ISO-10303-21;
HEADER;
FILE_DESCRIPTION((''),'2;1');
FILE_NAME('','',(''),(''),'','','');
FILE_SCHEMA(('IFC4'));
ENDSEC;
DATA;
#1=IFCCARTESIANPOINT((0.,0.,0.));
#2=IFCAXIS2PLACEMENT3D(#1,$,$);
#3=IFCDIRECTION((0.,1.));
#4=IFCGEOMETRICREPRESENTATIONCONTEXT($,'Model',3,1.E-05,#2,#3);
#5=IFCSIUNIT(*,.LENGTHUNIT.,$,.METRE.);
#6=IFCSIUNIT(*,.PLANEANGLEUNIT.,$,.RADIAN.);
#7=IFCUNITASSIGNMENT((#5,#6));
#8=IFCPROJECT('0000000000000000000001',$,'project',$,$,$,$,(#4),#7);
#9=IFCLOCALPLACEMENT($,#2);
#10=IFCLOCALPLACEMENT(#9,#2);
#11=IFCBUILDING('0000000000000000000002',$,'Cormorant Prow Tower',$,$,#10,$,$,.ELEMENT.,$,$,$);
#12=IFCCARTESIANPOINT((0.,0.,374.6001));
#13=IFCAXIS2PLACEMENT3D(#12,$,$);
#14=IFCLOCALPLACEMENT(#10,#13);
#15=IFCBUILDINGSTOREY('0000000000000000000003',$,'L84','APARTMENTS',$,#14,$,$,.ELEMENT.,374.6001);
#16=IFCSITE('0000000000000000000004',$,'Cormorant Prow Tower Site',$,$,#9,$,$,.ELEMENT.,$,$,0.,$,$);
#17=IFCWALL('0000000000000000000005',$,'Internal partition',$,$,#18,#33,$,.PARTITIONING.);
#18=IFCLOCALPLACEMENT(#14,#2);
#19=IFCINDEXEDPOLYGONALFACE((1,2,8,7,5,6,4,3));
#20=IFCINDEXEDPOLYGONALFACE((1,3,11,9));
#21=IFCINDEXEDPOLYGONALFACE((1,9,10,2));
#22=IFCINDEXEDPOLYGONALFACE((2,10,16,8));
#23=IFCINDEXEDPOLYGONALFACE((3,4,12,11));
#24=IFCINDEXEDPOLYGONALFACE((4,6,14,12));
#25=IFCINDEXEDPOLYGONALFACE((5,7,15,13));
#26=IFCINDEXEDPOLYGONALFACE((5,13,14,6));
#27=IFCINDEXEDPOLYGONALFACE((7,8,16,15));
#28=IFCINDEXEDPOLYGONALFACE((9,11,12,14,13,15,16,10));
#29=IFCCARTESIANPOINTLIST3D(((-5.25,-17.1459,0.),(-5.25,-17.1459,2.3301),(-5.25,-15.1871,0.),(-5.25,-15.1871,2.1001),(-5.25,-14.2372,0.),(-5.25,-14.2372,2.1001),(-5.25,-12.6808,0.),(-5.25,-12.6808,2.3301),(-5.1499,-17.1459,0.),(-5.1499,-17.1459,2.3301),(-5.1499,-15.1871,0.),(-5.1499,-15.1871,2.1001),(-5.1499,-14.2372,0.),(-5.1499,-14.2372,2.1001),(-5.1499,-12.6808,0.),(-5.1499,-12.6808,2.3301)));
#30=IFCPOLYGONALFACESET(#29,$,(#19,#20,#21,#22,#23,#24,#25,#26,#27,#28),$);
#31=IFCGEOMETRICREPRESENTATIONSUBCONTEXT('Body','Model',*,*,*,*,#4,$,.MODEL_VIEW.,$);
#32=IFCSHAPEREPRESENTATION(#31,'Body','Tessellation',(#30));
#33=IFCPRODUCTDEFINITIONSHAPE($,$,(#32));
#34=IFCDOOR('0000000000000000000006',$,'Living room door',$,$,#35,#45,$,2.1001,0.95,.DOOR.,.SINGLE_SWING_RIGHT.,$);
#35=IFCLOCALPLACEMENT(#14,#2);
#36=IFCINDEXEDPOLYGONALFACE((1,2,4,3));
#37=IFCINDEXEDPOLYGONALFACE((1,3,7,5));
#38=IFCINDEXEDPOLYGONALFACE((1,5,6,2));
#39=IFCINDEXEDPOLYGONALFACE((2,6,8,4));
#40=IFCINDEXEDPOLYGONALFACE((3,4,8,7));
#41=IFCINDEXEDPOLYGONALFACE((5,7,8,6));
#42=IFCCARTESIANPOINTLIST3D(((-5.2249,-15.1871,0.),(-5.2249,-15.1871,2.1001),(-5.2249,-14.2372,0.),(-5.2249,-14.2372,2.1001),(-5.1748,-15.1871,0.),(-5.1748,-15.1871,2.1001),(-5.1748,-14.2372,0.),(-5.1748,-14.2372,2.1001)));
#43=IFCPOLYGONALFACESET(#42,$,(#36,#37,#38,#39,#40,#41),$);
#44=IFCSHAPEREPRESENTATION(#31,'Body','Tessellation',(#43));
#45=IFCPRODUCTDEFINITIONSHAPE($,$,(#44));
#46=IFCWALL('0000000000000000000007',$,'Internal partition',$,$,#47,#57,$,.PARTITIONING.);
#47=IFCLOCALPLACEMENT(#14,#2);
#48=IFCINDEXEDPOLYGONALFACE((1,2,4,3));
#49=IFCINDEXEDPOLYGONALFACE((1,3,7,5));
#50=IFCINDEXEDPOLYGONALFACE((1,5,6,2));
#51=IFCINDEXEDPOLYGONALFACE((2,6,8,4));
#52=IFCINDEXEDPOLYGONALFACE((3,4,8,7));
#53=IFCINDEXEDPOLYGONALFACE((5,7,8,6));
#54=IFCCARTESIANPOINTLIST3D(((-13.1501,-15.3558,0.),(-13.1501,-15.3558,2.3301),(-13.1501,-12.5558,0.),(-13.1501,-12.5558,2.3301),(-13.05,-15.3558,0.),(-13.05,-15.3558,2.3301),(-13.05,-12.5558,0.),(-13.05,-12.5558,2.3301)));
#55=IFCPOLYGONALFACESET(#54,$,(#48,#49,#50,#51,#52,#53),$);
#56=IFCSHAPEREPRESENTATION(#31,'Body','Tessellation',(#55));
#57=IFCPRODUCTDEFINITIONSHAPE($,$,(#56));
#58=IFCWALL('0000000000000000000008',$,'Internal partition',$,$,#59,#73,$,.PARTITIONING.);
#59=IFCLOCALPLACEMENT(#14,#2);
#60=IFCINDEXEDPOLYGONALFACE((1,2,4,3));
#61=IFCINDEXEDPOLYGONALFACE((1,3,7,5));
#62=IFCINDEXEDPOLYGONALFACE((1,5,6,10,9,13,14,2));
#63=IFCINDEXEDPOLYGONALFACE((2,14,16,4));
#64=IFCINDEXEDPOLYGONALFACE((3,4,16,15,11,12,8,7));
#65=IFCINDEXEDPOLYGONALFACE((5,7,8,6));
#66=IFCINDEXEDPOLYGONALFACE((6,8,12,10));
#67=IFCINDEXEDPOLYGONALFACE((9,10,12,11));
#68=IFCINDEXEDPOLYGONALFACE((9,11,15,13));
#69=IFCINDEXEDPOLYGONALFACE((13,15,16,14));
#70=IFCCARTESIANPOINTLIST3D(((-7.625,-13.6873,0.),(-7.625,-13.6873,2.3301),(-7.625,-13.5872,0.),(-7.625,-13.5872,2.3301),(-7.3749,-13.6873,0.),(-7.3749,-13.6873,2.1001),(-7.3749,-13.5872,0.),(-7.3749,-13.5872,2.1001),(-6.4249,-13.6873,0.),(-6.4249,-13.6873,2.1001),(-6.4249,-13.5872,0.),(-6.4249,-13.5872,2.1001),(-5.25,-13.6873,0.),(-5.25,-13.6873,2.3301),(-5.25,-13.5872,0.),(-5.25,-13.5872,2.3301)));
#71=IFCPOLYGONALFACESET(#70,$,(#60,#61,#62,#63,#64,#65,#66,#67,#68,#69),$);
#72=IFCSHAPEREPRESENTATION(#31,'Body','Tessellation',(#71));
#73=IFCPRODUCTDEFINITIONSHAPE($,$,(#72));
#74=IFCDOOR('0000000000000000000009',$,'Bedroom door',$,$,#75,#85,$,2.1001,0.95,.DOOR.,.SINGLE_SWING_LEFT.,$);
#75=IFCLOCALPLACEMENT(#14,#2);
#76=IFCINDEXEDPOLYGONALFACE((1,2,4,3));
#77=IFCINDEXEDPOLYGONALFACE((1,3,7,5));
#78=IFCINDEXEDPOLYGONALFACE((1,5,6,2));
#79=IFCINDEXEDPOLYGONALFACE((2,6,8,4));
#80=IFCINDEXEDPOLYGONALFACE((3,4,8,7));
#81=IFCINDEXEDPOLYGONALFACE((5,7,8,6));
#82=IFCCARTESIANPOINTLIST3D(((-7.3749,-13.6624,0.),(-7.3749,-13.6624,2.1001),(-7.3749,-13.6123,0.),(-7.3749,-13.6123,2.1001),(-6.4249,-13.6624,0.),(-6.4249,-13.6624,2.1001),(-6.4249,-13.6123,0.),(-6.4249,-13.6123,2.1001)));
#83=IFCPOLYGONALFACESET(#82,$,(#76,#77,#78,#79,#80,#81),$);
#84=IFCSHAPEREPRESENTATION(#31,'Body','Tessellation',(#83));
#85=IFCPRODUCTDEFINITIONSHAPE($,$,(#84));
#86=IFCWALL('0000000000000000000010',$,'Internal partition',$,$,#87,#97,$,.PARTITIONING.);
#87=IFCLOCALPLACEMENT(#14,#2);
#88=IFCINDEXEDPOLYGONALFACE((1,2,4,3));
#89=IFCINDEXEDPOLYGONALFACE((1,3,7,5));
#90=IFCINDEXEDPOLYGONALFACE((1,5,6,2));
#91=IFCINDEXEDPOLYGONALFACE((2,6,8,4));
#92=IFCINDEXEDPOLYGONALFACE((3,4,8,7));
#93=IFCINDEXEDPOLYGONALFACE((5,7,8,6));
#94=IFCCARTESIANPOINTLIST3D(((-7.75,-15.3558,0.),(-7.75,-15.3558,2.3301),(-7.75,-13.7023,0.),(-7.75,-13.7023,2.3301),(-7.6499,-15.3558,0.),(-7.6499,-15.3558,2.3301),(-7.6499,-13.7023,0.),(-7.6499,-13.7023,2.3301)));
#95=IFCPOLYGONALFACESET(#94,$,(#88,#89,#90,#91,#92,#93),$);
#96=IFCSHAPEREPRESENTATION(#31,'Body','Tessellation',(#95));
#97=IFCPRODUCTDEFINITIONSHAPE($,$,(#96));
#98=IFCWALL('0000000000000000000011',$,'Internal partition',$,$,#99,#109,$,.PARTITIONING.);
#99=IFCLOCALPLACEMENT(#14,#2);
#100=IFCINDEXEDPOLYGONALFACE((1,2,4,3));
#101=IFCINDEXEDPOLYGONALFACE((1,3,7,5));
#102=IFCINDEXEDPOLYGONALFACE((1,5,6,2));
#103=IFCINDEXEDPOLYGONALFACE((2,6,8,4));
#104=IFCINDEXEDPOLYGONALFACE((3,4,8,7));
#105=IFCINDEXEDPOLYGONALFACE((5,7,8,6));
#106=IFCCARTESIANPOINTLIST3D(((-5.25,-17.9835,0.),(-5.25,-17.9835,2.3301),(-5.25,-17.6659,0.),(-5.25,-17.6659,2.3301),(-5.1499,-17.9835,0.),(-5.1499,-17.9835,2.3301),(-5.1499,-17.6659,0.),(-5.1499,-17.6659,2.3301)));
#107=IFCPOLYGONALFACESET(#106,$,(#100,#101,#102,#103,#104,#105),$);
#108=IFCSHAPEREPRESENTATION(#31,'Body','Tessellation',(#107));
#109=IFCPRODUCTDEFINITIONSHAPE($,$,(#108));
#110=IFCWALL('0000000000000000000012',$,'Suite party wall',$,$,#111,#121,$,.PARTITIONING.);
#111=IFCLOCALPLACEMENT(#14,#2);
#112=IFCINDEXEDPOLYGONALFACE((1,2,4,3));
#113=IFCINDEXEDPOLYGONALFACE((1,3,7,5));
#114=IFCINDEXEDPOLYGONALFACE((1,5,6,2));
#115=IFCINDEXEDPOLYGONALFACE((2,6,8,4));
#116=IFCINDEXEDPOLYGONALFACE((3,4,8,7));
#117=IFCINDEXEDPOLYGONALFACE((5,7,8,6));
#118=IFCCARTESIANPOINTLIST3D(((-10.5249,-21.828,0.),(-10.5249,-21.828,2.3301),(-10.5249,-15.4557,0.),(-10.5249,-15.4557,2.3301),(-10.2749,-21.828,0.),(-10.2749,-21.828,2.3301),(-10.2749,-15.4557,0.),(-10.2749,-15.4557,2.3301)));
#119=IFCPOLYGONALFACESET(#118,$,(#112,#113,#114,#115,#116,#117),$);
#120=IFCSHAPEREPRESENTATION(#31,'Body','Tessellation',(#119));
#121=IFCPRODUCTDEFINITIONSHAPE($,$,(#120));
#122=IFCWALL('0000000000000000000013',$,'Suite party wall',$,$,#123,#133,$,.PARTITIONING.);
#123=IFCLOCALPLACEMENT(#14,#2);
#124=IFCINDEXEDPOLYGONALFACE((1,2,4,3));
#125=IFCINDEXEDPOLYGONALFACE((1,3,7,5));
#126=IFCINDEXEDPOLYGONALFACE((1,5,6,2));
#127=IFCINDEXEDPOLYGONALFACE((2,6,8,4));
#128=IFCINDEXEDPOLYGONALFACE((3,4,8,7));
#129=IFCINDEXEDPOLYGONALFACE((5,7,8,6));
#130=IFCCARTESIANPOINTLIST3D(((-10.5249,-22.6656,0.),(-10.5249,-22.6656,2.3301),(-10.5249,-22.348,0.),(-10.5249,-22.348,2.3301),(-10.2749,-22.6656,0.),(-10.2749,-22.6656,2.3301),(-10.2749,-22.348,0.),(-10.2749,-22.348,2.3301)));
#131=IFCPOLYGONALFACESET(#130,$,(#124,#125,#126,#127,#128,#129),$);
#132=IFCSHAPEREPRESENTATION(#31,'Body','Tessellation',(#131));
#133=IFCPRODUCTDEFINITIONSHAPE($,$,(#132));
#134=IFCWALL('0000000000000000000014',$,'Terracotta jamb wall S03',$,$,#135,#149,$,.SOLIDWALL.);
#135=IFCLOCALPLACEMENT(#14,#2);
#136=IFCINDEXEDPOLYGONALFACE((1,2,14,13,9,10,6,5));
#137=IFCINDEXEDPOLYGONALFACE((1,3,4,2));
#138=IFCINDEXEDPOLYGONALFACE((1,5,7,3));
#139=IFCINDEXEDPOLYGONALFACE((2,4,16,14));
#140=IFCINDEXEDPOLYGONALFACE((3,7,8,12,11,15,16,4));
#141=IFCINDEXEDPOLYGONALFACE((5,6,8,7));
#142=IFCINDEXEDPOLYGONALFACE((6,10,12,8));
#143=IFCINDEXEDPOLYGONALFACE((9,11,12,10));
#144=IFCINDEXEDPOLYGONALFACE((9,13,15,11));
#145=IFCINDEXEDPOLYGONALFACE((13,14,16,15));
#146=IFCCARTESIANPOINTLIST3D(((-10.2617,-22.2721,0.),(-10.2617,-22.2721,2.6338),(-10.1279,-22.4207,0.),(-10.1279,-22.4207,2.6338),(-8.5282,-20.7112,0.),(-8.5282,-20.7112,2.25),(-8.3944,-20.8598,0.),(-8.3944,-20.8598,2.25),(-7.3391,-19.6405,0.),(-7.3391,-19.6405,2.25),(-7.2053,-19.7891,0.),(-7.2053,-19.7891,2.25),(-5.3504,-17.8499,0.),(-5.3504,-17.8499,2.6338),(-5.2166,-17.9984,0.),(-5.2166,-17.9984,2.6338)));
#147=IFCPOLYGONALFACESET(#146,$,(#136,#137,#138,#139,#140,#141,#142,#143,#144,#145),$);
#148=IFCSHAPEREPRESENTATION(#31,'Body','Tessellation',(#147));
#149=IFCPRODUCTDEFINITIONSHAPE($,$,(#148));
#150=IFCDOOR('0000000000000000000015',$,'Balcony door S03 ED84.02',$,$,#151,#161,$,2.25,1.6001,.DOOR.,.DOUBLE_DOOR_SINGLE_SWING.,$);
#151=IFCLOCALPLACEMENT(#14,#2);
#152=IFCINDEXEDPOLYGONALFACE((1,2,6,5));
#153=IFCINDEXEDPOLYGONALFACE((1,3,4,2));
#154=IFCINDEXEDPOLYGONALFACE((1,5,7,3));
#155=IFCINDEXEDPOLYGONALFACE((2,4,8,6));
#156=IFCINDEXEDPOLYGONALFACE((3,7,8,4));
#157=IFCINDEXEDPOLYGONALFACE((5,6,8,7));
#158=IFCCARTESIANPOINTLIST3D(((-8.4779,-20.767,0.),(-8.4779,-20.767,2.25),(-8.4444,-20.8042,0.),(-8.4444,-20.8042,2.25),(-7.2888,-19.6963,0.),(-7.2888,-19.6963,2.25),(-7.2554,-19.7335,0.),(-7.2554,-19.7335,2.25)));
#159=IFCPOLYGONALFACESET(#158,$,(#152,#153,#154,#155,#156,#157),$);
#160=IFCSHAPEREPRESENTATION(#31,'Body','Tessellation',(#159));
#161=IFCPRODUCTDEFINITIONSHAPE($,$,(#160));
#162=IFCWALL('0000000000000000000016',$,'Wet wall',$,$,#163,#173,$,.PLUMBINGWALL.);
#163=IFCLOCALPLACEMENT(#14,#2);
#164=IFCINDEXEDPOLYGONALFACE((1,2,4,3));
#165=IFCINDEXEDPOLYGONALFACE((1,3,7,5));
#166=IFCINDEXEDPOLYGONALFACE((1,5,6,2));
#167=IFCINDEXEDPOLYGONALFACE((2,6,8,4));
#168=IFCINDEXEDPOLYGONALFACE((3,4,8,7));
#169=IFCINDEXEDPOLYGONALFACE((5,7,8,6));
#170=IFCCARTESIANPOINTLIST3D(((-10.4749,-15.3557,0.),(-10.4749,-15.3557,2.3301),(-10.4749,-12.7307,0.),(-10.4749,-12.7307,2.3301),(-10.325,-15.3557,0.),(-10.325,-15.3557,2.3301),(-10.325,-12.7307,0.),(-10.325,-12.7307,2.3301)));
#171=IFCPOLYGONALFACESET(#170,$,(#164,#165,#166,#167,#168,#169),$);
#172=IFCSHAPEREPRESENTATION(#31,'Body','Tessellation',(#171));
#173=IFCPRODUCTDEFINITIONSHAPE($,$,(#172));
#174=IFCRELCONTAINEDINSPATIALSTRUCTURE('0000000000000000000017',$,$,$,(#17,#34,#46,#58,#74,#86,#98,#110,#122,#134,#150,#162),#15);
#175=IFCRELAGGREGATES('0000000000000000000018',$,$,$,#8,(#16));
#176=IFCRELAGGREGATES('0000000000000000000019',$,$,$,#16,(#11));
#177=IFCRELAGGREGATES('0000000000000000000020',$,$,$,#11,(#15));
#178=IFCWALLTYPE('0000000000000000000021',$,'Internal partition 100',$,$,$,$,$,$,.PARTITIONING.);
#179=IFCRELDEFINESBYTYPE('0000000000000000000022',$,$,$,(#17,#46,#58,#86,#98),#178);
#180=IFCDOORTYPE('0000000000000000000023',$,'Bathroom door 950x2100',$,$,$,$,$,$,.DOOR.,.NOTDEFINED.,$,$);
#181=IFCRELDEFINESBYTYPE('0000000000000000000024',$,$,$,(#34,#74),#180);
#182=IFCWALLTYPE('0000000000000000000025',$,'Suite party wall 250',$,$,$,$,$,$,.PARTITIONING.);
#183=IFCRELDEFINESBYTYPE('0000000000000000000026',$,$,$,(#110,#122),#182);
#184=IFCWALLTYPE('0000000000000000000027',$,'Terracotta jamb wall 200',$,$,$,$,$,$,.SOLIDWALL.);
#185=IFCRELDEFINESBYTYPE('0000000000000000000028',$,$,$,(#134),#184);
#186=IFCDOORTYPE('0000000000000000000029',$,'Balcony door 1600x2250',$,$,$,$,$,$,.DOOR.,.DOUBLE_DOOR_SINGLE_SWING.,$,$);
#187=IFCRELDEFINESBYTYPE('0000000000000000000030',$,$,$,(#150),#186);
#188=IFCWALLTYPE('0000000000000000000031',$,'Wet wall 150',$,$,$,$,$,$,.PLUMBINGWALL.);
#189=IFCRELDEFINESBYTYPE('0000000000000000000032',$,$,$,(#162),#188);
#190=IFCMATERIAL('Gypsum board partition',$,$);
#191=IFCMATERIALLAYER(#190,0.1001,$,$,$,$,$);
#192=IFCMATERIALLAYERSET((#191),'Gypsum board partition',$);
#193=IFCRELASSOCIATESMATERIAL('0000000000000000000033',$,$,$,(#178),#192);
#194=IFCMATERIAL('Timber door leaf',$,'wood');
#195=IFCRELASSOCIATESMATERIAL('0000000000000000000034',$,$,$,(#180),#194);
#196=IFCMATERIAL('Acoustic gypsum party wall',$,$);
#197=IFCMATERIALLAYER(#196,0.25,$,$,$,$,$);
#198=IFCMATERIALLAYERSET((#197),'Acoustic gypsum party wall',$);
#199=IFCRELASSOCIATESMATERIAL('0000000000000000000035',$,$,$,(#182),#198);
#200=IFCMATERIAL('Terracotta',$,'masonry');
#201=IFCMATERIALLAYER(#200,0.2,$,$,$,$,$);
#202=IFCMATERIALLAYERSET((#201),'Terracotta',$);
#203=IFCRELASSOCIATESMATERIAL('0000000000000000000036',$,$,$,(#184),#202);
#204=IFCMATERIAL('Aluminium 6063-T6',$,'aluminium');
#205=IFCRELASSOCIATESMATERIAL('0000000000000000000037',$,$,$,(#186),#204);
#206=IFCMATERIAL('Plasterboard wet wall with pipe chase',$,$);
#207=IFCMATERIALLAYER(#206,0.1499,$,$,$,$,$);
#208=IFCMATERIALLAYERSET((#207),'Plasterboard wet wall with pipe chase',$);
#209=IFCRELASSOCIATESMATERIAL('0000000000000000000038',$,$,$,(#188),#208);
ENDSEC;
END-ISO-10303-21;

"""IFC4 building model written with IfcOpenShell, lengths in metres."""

from ifc_helpers import new_model, si_unit, direction, frame, frame_2d, origin, place, context, subcontext, project, spatial, rectangle, extrude, material, layer, layer_set, type_object, element, fill, save


model = new_model("IFC4")

# Units and contexts
model_context = context("Model", 3, precision=1e-05, world=origin(), true_north=direction((0.0, 1.0)))
body_context = subcontext(model_context, "Body", "Model", "MODEL_VIEW")
ifc_project = project(units=[si_unit("LENGTHUNIT", "METRE"), si_unit("PLANEANGLEUNIT", "RADIAN")], contexts=[model_context])

# Site, building, storey
site_placement = place(None, origin())
site = spatial("IfcSite", under=ifc_project, at=site_placement, Name="Cormorant Prow Tower Site", CompositionType="ELEMENT", RefElevation=0.0)
building_placement = place(site_placement, origin())
building = spatial("IfcBuilding", under=site, at=building_placement, Name="Cormorant Prow Tower", CompositionType="ELEMENT")
storey_placement = place(building_placement, frame((0.0, 0.0, 374.6001)))
storey = spatial("IfcBuildingStorey", under=building, at=storey_placement, Name="L84", Description="APARTMENTS", CompositionType="ELEMENT", Elevation=374.6001)

# Wall, opening, door
ifc_material_1 = material(Name="Gypsum board partition")
ifc_layer_1 = layer(ifc_material_1, 0.1001)
ifc_layer_set_1 = layer_set([ifc_layer_1], Name="Gypsum board partition")
wall_type_1 = type_object("IfcWallType", Name="Internal partition 100", PredefinedType="PARTITIONING", material=ifc_layer_set_1)
ifc_material_2 = material(Name="Timber door leaf", Category="wood")
door_type_1 = type_object("IfcDoorType", Name="Bathroom door 950x2100", OperationType="NOTDEFINED", PredefinedType="DOOR", material=ifc_material_2)
wall_1_placement = place(storey_placement, frame((-5.2, -17.1458, 0.0), z_axis=(0.0, 0.0, 1.0), x_axis=(0.0, 1.0, 0.0)))
wall_1 = element("IfcWall", 1, at=wall_1_placement, inside=storey, type_object=wall_type_1, Name="Internal partition", PredefinedType="PARTITIONING", context=body_context, shape_type="SweptSolid", body=[
    extrude(rectangle(XDim=4.4651, YDim=0.1001, at=frame_2d((2.2324, 0.0))), origin(), (0.0, 0.0, 1.0), 2.3301),
])
opening_1_placement = place(wall_1_placement, frame((1.9585, 0.0, 0.0)))
opening_1 = element("IfcOpeningElement", 2, at=opening_1_placement, cuts=wall_1, PredefinedType="OPENING", context=body_context, shape_type="SweptSolid", body=[
    extrude(rectangle(XDim=0.95, YDim=2.1001, at=frame_2d((0.4751, 1.05))), frame((0.0, 0.0601, 0.0), z_axis=(0.0, -1.0, 0.0), x_axis=(1.0, 0.0, 0.0)), (0.0, 0.0, 1.0), 0.1201),
])
door_1_placement = place(opening_1_placement, origin())
door_1 = element("IfcDoor", 3, at=door_1_placement, inside=storey, type_object=door_type_1, Name="Living room door", OperationType="SINGLE_SWING_RIGHT", OverallHeight=2.1001, OverallWidth=0.95, PredefinedType="DOOR", context=body_context, shape_type="SweptSolid", body=[
    extrude(rectangle(XDim=0.95, YDim=2.1001, at=frame_2d((0.4751, 1.05))), frame((0.0, 0.0249, 0.0), z_axis=(0.0, -1.0, 0.0), x_axis=(1.0, 0.0, 0.0)), (0.0, 0.0, 1.0), 0.05),
])
fill(opening_1, door_1)

# Wall
wall_2_placement = place(storey_placement, frame((-13.1001, -15.3557, 0.0), z_axis=(0.0, 0.0, 1.0), x_axis=(0.0, 1.0, 0.0)))
element("IfcWall", 4, at=wall_2_placement, inside=storey, type_object=wall_type_1, Name="Internal partition", PredefinedType="PARTITIONING", context=body_context, shape_type="SweptSolid", body=[
    extrude(rectangle(XDim=2.8, YDim=0.1001, at=frame_2d((1.3999, 0.0))), origin(), (0.0, 0.0, 1.0), 2.3301),
])

# Wall, opening, door
wall_3_placement = place(storey_placement, frame((-7.625, -13.6372, 0.0), z_axis=(0.0, 0.0, 1.0), x_axis=(1.0, 0.0, 0.0)))
wall_3 = element("IfcWall", 5, at=wall_3_placement, inside=storey, type_object=wall_type_1, Name="Internal partition", PredefinedType="PARTITIONING", context=body_context, shape_type="SweptSolid", body=[
    extrude(rectangle(XDim=2.375, YDim=0.1001, at=frame_2d((1.1875, 0.0))), origin(), (0.0, 0.0, 1.0), 2.3301),
])
opening_2_placement = place(wall_3_placement, frame((0.25, 0.0, 0.0)))
opening_2 = element("IfcOpeningElement", 6, at=opening_2_placement, cuts=wall_3, PredefinedType="OPENING", context=body_context, shape_type="SweptSolid", body=[
    extrude(rectangle(XDim=0.95, YDim=2.1001, at=frame_2d((0.4751, 1.05))), frame((0.0, 0.0601, 0.0), z_axis=(0.0, -1.0, 0.0), x_axis=(1.0, 0.0, 0.0)), (0.0, 0.0, 1.0), 0.1201),
])
door_2_placement = place(opening_2_placement, origin())
door_2 = element("IfcDoor", 7, at=door_2_placement, inside=storey, type_object=door_type_1, Name="Bedroom door", OperationType="SINGLE_SWING_LEFT", OverallHeight=2.1001, OverallWidth=0.95, PredefinedType="DOOR", context=body_context, shape_type="SweptSolid", body=[
    extrude(rectangle(XDim=0.95, YDim=2.1001, at=frame_2d((0.4751, 1.05))), frame((0.0, 0.0249, 0.0), z_axis=(0.0, -1.0, 0.0), x_axis=(1.0, 0.0, 0.0)), (0.0, 0.0, 1.0), 0.05),
])
fill(opening_2, door_2)

# Walls
wall_4_placement = place(storey_placement, frame((-7.7, -15.3557, 0.0), z_axis=(0.0, 0.0, 1.0), x_axis=(0.0, 1.0, 0.0)))
element("IfcWall", 8, at=wall_4_placement, inside=storey, type_object=wall_type_1, Name="Internal partition", PredefinedType="PARTITIONING", context=body_context, shape_type="SweptSolid", body=[
    extrude(rectangle(XDim=1.6536, YDim=0.1001, at=frame_2d((0.8267, 0.0))), origin(), (0.0, 0.0, 1.0), 2.3301),
])
wall_5_placement = place(storey_placement, frame((-5.2, -17.9834, 0.0), z_axis=(0.0, 0.0, 1.0), x_axis=(0.0, 1.0, 0.0)))
element("IfcWall", 9, at=wall_5_placement, inside=storey, type_object=wall_type_1, Name="Internal partition", PredefinedType="PARTITIONING", context=body_context, shape_type="SweptSolid", body=[
    extrude(rectangle(XDim=0.3176, YDim=0.1001, at=frame_2d((0.1587, 0.0))), origin(), (0.0, 0.0, 1.0), 2.3301),
])
ifc_material_3 = material(Name="Acoustic gypsum party wall")
ifc_layer_2 = layer(ifc_material_3, 0.25)
ifc_layer_set_2 = layer_set([ifc_layer_2], Name="Acoustic gypsum party wall")
wall_type_2 = type_object("IfcWallType", Name="Suite party wall 250", PredefinedType="PARTITIONING", material=ifc_layer_set_2)
wall_6_placement = place(storey_placement, frame((-10.3999, -21.8279, 0.0), z_axis=(0.0, 0.0, 1.0), x_axis=(0.0, 1.0, 0.0)))
element("IfcWall", 10, at=wall_6_placement, inside=storey, type_object=wall_type_2, Name="Suite party wall", PredefinedType="PARTITIONING", context=body_context, shape_type="SweptSolid", body=[
    extrude(rectangle(XDim=6.3723, YDim=0.25, at=frame_2d((3.186, 0.0))), origin(), (0.0, 0.0, 1.0), 2.3301),
])
wall_7_placement = place(storey_placement, frame((-10.3999, -22.6655, 0.0), z_axis=(0.0, 0.0, 1.0), x_axis=(0.0, 1.0, 0.0)))
element("IfcWall", 11, at=wall_7_placement, inside=storey, type_object=wall_type_2, Name="Suite party wall", PredefinedType="PARTITIONING", context=body_context, shape_type="SweptSolid", body=[
    extrude(rectangle(XDim=0.3176, YDim=0.25, at=frame_2d((0.1587, 0.0))), origin(), (0.0, 0.0, 1.0), 2.3301),
])

# Wall, opening, door
ifc_material_4 = material(Name="Terracotta", Category="masonry")
ifc_layer_3 = layer(ifc_material_4, 0.2)
ifc_layer_set_3 = layer_set([ifc_layer_3], Name="Terracotta")
wall_type_3 = type_object("IfcWallType", Name="Terracotta jamb wall 200", PredefinedType="SOLIDWALL", material=ifc_layer_set_3)
wall_8_placement = place(storey_placement, frame((-10.1948, -22.3464, 0.0), z_axis=(0.0, 0.0, 1.0), x_axis=(0.743134, 0.669142, 0.0)))
wall_8 = element("IfcWall", 12, at=wall_8_placement, inside=storey, type_object=wall_type_3, Name="Terracotta jamb wall S03", PredefinedType="SOLIDWALL", context=body_context, shape_type="SweptSolid", body=[
    extrude(rectangle(XDim=6.6089, YDim=0.2, at=frame_2d((3.3044, 0.0))), origin(), (0.0, 0.0, 1.0), 2.6338),
])
opening_3_placement = place(wall_8_placement, frame((2.3328, 0.0, 0.0)))
opening_3 = element("IfcOpeningElement", 13, at=opening_3_placement, cuts=wall_8, PredefinedType="OPENING", context=body_context, shape_type="SweptSolid", body=[
    extrude(rectangle(XDim=1.6001, YDim=2.25, at=frame_2d((0.8, 1.125))), frame((0.0, 0.1099, 0.0), z_axis=(0.0, -1.0, 0.0), x_axis=(1.0, 0.0, 0.0)), (0.0, 0.0, 1.0), 0.22),
])
ifc_material_5 = material(Name="Aluminium 6063-T6", Category="aluminium")
door_type_2 = type_object("IfcDoorType", Name="Balcony door 1600x2250", OperationType="DOUBLE_DOOR_SINGLE_SWING", PredefinedType="DOOR", material=ifc_material_5)
door_3_placement = place(opening_3_placement, origin())
door_3 = element("IfcDoor", 14, at=door_3_placement, inside=storey, type_object=door_type_2, Name="Balcony door S03 ED84.02", OperationType="DOUBLE_DOOR_SINGLE_SWING", OverallHeight=2.25, OverallWidth=1.6001, PredefinedType="DOOR", context=body_context, shape_type="SweptSolid", body=[
    extrude(rectangle(XDim=1.6001, YDim=2.25, at=frame_2d((0.8, 1.125))), frame((0.0, 0.0249, 0.0), z_axis=(0.0, -1.0, 0.0), x_axis=(1.0, 0.0, 0.0)), (0.0, 0.0, 1.0), 0.05),
])
fill(opening_3, door_3)

# Wall
ifc_material_6 = material(Name="Plasterboard wet wall with pipe chase")
ifc_layer_4 = layer(ifc_material_6, 0.1499)
ifc_layer_set_4 = layer_set([ifc_layer_4], Name="Plasterboard wet wall with pipe chase")
wall_type_4 = type_object("IfcWallType", Name="Wet wall 150", PredefinedType="PLUMBINGWALL", material=ifc_layer_set_4)
wall_9_placement = place(storey_placement, frame((-10.3999, -15.3557, 0.0), z_axis=(0.0, 0.0, 1.0), x_axis=(0.0, 1.0, 0.0)))
element("IfcWall", 15, at=wall_9_placement, inside=storey, type_object=wall_type_4, Name="Wet wall", PredefinedType="PLUMBINGWALL", context=body_context, shape_type="SweptSolid", body=[
    extrude(rectangle(XDim=2.625, YDim=0.1499, at=frame_2d((1.3125, 0.0))), origin(), (0.0, 0.0, 1.0), 2.3301),
])

save(model, "model.ifc")
